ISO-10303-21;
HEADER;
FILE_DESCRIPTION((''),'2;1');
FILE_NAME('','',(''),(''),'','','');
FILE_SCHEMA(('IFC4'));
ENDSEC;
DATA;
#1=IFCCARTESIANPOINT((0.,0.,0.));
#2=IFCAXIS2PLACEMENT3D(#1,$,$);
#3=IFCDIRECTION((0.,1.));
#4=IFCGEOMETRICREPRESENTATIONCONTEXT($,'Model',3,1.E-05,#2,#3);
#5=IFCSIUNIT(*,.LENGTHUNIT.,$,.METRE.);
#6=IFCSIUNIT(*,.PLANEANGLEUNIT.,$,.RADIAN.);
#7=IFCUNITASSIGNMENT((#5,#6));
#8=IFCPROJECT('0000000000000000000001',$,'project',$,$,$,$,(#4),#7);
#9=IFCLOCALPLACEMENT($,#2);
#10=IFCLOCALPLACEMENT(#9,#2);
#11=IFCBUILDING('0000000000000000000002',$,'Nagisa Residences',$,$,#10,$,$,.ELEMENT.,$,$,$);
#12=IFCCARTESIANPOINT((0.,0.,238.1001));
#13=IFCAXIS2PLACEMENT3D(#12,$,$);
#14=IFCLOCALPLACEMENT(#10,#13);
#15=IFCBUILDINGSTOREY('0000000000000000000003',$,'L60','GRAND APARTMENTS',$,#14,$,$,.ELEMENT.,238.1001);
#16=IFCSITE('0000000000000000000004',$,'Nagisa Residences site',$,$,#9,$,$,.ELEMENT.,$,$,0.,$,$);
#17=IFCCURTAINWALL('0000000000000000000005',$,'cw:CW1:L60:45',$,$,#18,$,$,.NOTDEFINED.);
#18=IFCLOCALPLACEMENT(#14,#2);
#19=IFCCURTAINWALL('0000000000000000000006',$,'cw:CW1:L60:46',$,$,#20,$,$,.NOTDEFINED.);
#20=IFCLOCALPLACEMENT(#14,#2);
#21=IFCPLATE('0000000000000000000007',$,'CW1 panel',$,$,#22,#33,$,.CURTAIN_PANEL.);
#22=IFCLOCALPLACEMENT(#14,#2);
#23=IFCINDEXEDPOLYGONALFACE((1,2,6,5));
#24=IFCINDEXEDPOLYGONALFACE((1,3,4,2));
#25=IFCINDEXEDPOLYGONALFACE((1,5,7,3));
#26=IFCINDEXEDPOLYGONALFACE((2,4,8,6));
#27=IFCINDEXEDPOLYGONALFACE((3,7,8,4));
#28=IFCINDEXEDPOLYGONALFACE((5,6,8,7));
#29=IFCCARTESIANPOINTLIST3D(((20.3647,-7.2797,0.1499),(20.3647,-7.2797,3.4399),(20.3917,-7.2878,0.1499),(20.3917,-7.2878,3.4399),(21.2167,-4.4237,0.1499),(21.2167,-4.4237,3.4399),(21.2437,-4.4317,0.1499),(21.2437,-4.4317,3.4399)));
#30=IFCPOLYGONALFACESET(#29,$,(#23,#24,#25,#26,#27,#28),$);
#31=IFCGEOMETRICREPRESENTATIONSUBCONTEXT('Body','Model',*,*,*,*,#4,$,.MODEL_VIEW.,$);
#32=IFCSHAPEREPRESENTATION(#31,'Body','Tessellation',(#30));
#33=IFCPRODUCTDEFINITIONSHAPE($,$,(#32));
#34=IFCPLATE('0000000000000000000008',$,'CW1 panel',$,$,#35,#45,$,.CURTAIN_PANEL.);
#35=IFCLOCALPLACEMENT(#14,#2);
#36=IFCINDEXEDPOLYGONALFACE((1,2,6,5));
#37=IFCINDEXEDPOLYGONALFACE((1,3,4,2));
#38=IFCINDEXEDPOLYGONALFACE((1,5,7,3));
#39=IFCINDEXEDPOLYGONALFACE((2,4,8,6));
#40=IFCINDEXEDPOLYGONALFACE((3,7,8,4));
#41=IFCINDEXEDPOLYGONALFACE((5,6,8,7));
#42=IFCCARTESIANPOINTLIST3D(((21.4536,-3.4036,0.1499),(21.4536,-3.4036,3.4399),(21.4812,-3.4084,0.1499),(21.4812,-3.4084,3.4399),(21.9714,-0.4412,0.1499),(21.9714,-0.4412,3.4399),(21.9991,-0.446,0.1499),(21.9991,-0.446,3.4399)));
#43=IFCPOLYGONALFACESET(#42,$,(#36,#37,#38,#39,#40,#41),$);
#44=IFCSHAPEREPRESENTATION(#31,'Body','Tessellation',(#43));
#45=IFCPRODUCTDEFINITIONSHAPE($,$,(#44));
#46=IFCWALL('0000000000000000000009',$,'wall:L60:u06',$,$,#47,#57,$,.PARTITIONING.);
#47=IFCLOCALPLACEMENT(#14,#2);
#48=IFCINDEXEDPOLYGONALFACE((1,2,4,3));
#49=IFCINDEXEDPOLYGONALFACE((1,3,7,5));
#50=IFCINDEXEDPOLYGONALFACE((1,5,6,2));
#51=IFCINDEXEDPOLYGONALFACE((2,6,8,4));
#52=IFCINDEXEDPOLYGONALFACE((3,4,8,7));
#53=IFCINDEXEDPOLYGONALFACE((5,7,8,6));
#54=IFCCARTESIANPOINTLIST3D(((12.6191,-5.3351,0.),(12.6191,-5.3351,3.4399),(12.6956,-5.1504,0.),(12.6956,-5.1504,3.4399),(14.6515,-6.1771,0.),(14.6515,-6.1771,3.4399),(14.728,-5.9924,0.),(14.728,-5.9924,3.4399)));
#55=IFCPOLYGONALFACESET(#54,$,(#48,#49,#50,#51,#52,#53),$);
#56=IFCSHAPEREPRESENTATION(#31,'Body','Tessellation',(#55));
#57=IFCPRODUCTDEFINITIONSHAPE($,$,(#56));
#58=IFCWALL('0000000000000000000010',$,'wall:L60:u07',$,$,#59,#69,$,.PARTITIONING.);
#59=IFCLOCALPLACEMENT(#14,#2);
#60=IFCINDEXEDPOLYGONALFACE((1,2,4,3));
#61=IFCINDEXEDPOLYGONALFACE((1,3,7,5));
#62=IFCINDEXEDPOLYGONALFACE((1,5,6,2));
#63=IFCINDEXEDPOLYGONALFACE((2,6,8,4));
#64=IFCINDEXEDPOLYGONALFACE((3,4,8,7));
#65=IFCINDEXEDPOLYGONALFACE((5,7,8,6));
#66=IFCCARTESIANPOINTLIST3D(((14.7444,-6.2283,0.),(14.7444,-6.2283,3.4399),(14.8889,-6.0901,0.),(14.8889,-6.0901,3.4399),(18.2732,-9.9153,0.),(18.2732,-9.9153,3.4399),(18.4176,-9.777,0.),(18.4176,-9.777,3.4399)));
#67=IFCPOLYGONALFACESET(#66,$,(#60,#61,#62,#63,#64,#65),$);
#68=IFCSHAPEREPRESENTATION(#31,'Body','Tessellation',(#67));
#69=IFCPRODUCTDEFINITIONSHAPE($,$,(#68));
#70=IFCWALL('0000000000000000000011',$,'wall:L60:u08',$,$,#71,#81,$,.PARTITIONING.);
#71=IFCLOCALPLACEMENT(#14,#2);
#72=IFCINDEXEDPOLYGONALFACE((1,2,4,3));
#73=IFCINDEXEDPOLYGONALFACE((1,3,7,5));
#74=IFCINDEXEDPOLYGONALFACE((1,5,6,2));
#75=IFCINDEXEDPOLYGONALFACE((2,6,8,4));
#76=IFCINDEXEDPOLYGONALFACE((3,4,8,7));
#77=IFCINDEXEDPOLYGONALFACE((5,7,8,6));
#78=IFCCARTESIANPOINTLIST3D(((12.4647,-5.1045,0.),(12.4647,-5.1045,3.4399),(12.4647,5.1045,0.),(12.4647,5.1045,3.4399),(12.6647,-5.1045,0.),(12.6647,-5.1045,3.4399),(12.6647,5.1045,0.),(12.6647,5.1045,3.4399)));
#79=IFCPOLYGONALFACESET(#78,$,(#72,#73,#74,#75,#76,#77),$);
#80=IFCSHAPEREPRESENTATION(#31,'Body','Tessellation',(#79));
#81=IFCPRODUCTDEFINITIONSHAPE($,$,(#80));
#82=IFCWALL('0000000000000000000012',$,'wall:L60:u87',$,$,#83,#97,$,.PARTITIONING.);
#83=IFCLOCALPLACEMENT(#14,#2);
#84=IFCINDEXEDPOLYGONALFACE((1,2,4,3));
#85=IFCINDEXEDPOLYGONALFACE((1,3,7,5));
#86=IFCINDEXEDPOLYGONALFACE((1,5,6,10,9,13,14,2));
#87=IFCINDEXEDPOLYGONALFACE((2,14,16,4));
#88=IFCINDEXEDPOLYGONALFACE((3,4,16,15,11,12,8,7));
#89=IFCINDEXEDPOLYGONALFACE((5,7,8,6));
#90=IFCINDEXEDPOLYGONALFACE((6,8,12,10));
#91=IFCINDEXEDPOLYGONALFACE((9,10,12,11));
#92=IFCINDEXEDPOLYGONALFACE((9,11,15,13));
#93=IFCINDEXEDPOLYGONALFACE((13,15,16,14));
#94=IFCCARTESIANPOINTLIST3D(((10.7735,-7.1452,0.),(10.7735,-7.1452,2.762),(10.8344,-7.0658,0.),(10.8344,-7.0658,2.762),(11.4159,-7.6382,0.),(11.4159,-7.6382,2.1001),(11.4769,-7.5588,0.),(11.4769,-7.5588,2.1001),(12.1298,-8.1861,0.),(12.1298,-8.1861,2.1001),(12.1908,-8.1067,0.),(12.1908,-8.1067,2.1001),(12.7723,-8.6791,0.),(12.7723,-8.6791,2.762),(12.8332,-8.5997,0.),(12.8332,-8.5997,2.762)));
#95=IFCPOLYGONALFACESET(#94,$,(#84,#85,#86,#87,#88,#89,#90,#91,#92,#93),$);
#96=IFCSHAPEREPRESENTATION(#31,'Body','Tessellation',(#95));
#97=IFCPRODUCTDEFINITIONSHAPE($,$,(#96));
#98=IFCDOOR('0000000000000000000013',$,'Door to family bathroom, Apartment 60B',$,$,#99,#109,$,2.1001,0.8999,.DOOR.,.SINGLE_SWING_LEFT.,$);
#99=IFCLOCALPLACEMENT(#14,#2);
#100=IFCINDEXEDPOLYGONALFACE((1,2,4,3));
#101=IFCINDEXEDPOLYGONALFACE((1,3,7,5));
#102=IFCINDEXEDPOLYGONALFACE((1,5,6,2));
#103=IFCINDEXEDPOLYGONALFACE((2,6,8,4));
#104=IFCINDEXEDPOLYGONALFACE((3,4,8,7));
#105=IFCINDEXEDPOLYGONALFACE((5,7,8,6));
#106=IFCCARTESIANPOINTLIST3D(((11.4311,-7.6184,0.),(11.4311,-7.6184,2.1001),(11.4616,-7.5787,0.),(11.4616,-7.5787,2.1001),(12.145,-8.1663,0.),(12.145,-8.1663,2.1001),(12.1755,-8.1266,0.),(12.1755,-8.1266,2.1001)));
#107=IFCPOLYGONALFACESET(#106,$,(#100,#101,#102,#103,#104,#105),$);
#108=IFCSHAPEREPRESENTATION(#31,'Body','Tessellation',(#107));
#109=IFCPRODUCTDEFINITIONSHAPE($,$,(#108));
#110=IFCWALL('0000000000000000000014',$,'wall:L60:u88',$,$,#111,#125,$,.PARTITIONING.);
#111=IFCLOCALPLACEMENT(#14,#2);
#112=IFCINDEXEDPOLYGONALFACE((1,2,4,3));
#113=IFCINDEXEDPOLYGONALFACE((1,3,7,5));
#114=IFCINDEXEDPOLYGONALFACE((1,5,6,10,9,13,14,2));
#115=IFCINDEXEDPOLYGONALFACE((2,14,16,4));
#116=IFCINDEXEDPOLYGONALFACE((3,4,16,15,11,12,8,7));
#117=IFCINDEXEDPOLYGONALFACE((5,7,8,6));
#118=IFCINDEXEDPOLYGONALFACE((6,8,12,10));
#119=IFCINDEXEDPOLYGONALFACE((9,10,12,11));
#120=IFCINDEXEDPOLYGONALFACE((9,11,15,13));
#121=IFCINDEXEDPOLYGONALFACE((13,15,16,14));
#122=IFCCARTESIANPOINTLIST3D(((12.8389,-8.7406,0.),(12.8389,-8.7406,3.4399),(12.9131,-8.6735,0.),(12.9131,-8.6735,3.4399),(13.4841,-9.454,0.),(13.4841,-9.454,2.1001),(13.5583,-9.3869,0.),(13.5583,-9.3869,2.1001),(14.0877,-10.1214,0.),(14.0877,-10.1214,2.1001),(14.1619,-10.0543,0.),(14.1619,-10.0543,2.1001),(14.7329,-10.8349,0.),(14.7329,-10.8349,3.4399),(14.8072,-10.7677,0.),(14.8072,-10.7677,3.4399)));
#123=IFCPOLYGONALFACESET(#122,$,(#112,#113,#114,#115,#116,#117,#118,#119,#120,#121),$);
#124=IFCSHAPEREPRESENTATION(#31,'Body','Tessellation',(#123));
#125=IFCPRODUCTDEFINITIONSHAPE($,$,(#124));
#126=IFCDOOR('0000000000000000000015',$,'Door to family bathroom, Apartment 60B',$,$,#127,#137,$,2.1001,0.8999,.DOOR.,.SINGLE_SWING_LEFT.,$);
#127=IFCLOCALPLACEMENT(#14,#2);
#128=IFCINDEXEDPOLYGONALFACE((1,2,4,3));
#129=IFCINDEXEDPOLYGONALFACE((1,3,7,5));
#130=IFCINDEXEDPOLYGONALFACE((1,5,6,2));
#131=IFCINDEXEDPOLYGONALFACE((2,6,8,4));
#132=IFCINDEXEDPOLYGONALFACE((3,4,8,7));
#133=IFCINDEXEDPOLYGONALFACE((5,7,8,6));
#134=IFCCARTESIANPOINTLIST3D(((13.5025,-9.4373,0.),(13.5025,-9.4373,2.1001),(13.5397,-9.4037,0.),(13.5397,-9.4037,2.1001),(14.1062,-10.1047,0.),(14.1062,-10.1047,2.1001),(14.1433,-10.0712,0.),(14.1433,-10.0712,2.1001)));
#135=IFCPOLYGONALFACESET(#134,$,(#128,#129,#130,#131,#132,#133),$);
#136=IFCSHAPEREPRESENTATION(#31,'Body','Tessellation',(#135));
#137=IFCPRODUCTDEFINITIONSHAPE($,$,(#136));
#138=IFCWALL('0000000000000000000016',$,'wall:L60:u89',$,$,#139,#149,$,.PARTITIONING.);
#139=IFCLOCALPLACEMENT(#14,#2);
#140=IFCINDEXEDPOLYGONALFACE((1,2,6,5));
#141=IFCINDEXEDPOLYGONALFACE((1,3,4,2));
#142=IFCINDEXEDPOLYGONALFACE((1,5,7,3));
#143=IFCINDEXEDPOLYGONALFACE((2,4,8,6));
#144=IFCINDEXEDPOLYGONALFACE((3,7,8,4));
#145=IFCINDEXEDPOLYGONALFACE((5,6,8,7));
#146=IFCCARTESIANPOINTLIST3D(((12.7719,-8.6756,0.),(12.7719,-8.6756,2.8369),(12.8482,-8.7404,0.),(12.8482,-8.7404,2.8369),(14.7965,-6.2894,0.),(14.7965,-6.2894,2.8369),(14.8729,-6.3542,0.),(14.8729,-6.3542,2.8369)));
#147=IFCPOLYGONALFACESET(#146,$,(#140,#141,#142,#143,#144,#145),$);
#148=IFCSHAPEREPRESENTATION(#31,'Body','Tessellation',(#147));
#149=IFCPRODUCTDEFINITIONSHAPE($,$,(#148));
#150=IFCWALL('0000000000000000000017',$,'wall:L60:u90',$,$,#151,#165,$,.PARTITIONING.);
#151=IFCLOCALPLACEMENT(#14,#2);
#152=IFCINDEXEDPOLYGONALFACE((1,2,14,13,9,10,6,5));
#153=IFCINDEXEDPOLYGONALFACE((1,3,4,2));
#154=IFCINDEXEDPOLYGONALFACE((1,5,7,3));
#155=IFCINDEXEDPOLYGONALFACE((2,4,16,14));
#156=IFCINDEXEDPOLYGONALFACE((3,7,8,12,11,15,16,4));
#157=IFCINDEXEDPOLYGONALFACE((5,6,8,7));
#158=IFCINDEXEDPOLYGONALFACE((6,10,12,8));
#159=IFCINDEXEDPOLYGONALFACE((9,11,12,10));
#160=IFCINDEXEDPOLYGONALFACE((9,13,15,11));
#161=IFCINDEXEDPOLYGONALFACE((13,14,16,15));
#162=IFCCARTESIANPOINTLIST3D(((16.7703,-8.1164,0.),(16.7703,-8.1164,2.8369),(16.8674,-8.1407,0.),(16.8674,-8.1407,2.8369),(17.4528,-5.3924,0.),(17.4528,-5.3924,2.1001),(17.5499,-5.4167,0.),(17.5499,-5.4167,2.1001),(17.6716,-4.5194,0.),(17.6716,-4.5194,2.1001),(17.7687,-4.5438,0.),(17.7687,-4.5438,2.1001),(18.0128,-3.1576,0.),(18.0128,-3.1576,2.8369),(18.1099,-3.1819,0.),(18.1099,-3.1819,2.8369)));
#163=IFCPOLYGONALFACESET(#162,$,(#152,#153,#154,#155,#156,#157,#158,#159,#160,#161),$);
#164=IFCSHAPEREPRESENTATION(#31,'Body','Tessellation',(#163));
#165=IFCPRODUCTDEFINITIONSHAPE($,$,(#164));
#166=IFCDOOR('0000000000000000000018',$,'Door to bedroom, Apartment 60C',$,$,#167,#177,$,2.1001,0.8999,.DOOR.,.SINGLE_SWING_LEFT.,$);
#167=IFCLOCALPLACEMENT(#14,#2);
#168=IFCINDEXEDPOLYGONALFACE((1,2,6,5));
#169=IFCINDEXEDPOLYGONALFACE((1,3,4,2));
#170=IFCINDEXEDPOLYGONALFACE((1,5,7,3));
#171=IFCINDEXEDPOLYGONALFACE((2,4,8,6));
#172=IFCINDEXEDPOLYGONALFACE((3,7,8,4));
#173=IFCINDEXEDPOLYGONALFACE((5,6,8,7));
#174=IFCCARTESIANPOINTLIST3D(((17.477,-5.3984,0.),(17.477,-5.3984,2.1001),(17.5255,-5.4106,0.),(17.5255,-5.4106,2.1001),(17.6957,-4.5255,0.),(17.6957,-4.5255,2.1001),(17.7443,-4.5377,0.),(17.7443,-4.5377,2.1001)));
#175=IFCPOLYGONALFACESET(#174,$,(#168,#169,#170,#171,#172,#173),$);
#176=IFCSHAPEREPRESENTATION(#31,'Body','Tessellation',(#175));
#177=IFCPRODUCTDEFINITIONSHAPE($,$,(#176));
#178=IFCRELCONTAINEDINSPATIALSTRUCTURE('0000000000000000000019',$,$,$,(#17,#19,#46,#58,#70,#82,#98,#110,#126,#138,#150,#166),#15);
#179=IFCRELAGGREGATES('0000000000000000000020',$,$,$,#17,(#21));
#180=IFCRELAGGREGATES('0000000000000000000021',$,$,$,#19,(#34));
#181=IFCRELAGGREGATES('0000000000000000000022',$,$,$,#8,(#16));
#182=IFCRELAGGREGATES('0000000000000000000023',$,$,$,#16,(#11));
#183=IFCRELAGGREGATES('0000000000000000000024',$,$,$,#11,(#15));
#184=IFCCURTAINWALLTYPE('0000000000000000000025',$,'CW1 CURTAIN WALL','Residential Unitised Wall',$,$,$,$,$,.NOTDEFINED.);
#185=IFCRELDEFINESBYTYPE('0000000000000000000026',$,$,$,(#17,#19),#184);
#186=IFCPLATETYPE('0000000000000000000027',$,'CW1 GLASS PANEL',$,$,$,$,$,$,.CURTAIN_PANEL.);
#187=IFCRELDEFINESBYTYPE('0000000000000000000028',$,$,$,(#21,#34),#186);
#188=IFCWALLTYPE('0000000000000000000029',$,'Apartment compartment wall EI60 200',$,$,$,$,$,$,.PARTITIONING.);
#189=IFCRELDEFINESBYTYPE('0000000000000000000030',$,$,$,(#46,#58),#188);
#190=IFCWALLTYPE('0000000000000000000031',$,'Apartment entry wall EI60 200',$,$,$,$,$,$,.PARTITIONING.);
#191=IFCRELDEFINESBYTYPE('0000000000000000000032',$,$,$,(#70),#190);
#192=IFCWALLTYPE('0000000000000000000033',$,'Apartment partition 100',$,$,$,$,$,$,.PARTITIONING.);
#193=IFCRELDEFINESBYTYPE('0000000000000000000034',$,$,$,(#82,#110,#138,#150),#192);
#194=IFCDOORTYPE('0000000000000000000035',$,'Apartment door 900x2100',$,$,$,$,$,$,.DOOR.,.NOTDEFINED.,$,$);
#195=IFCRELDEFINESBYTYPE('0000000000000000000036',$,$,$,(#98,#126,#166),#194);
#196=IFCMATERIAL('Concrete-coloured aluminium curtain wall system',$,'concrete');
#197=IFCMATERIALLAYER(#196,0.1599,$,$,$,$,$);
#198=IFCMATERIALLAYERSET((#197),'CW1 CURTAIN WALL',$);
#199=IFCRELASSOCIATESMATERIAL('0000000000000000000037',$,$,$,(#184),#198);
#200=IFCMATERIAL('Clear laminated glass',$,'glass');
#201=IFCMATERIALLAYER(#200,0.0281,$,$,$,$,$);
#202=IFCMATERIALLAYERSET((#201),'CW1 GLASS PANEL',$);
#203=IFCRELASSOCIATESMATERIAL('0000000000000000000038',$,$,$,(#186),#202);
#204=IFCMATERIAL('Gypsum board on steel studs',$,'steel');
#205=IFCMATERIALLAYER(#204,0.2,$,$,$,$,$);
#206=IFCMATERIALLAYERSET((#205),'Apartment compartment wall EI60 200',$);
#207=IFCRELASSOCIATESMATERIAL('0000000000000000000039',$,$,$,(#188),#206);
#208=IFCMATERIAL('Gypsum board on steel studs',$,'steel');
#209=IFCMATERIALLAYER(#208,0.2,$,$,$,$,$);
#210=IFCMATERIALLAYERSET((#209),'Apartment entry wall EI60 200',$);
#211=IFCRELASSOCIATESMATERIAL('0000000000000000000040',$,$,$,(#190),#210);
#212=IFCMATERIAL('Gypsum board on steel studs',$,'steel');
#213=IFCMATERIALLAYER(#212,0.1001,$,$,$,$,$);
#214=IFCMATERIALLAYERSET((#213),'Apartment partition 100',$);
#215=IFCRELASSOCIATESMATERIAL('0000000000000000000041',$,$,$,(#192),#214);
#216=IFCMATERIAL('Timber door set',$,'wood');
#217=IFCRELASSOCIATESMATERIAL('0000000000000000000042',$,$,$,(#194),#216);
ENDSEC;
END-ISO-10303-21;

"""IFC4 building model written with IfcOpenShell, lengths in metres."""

from ifc_helpers import new_model, si_unit, direction, frame, frame_2d, origin, origin_2d, place, context, subcontext, project, spatial, rectangle, extrude, material, layer, layer_set, type_object, element, fill, aggregate, save


model = new_model("IFC4")

# Units and contexts
model_context = context("Model", 3, precision=1e-05, world=origin(), true_north=direction((0.0, 1.0)))
body_context = subcontext(model_context, "Body", "Model", "MODEL_VIEW")
ifc_project = project(units=[si_unit("LENGTHUNIT", "METRE"), si_unit("PLANEANGLEUNIT", "RADIAN")], contexts=[model_context])

# Site, building, storey
site_placement = place(None, origin())
site = spatial("IfcSite", under=ifc_project, at=site_placement, Name="Nagisa Residences site", CompositionType="ELEMENT", RefElevation=0.0)
building_placement = place(site_placement, origin())
building = spatial("IfcBuilding", under=site, at=building_placement, Name="Nagisa Residences", CompositionType="ELEMENT")
storey_placement = place(building_placement, frame((0.0, 0.0, 238.1001)))
storey = spatial("IfcBuildingStorey", under=building, at=storey_placement, Name="L60", Description="GRAND APARTMENTS", CompositionType="ELEMENT", Elevation=238.1001)

# Curtain walls
ifc_material_1 = material(Name="Concrete-coloured aluminium curtain wall system", Category="concrete")
ifc_layer_1 = layer(ifc_material_1, 0.1599)
ifc_layer_set_1 = layer_set([ifc_layer_1], Name="CW1 CURTAIN WALL")
curtain_wall_type = type_object("IfcCurtainWallType", Name="CW1 CURTAIN WALL", Description="Residential Unitised Wall", PredefinedType="NOTDEFINED", material=ifc_layer_set_1)
curtain_wall_1_placement = place(storey_placement, origin())
curtain_wall_1 = element("IfcCurtainWall", 1, at=curtain_wall_1_placement, inside=storey, type_object=curtain_wall_type, Name="cw:CW1:L60:45", PredefinedType="NOTDEFINED")
curtain_wall_2_placement = place(storey_placement, origin())
curtain_wall_2 = element("IfcCurtainWall", 2, at=curtain_wall_2_placement, inside=storey, type_object=curtain_wall_type, Name="cw:CW1:L60:46", PredefinedType="NOTDEFINED")

# Shared definitions
ifc_material_2 = material(Name="Clear laminated glass", Category="glass")
ifc_layer_2 = layer(ifc_material_2, 0.0281)
ifc_layer_set_2 = layer_set([ifc_layer_2], Name="CW1 GLASS PANEL")
plate_type = type_object("IfcPlateType", Name="CW1 GLASS PANEL", PredefinedType="CURTAIN_PANEL", material=ifc_layer_set_2)

# Plates
plate_1_placement = place(storey_placement, frame((20.8042, -5.8557, 0.1499), z_axis=(0.0, 0.0, 1.0), x_axis=(0.28586, 0.958271, 0.0)))
plate_1 = element("IfcPlate", 3, at=plate_1_placement, type_object=plate_type, Name="CW1 panel", PredefinedType="CURTAIN_PANEL", context=body_context, shape_type="SweptSolid", body=[
    extrude(rectangle(XDim=2.9805, YDim=0.0281, at=origin_2d()), origin(), (0.0, 0.0, 1.0), 3.29),
])
aggregate(curtain_wall_1, [plate_1])
plate_2_placement = place(storey_placement, frame((21.7263, -1.9248, 0.1499), z_axis=(0.0, 0.0, 1.0), x_axis=(0.172191, 0.985064, 0.0)))
plate_2 = element("IfcPlate", 4, at=plate_2_placement, type_object=plate_type, Name="CW1 panel", PredefinedType="CURTAIN_PANEL", context=body_context, shape_type="SweptSolid", body=[
    extrude(rectangle(XDim=3.0073, YDim=0.0281, at=origin_2d()), origin(), (0.0, 0.0, 1.0), 3.29),
])
aggregate(curtain_wall_2, [plate_2])

# Walls
ifc_material_3 = material(Name="Gypsum board on steel studs", Category="steel")
ifc_layer_3 = layer(ifc_material_3, 0.2)
ifc_layer_set_3 = layer_set([ifc_layer_3], Name="Apartment compartment wall EI60 200")
wall_type_1 = type_object("IfcWallType", Name="Apartment compartment wall EI60 200", PredefinedType="PARTITIONING", material=ifc_layer_set_3)
wall_1_placement = place(storey_placement, frame((12.6572, -5.2427, 0.0), z_axis=(0.0, 0.0, 1.0), x_axis=(0.923853, -0.382747, 0.0)))
element("IfcWall", 5, at=wall_1_placement, inside=storey, type_object=wall_type_1, Name="wall:L60:u06", PredefinedType="PARTITIONING", context=body_context, shape_type="SweptSolid", body=[
    extrude(rectangle(XDim=2.2, YDim=0.2, at=frame_2d((1.1001, 0.0))), origin(), (0.0, 0.0, 1.0), 3.4399),
])
wall_2_placement = place(storey_placement, frame((14.8167, -6.1592, 0.0), z_axis=(0.0, 0.0, 1.0), x_axis=(0.691438, -0.722436, 0.0)))
element("IfcWall", 6, at=wall_2_placement, inside=storey, type_object=wall_type_1, Name="wall:L60:u07", PredefinedType="PARTITIONING", context=body_context, shape_type="SweptSolid", body=[
    extrude(rectangle(XDim=5.1035, YDim=0.2, at=frame_2d((2.5518, 0.0))), origin(), (0.0, 0.0, 1.0), 3.4399),
])
ifc_material_4 = material(Name="Gypsum board on steel studs", Category="steel")
ifc_layer_4 = layer(ifc_material_4, 0.2)
ifc_layer_set_4 = layer_set([ifc_layer_4], Name="Apartment entry wall EI60 200")
wall_type_2 = type_object("IfcWallType", Name="Apartment entry wall EI60 200", PredefinedType="PARTITIONING", material=ifc_layer_set_4)
wall_3_placement = place(storey_placement, frame((12.5647, -5.1045, 0.0), z_axis=(0.0, 0.0, 1.0), x_axis=(0.0, 1.0, 0.0)))
element("IfcWall", 7, at=wall_3_placement, inside=storey, type_object=wall_type_2, Name="wall:L60:u08", PredefinedType="PARTITIONING", context=body_context, shape_type="SweptSolid", body=[
    extrude(rectangle(XDim=10.209, YDim=0.2, at=frame_2d((5.1045, 0.0))), origin(), (0.0, 0.0, 1.0), 3.4399),
])

# Walls, openings, doors
ifc_material_5 = material(Name="Gypsum board on steel studs", Category="steel")
ifc_layer_5 = layer(ifc_material_5, 0.1001)
ifc_layer_set_5 = layer_set([ifc_layer_5], Name="Apartment partition 100")
wall_type_3 = type_object("IfcWallType", Name="Apartment partition 100", PredefinedType="PARTITIONING", material=ifc_layer_set_5)
wall_4_placement = place(storey_placement, frame((10.804, -7.1055, 0.0), z_axis=(0.0, 0.0, 1.0), x_axis=(0.793312, -0.608816, 0.0)))
wall_4 = element("IfcWall", 8, at=wall_4_placement, inside=storey, type_object=wall_type_3, Name="wall:L60:u87", PredefinedType="PARTITIONING", context=body_context, shape_type="SweptSolid", body=[
    extrude(rectangle(XDim=2.5195, YDim=0.1001, at=frame_2d((1.2598, 0.0))), origin(), (0.0, 0.0, 1.0), 2.762),
])
opening_1_placement = place(wall_4_placement, frame((0.8098, 0.0, 0.0)))
opening_1 = element("IfcOpeningElement", 9, at=opening_1_placement, cuts=wall_4, PredefinedType="OPENING", context=body_context, shape_type="SweptSolid", body=[
    extrude(rectangle(XDim=0.8999, YDim=2.1001, at=frame_2d((0.45, 1.05))), frame((0.0, 0.0601, 0.0), z_axis=(0.0, -1.0, 0.0), x_axis=(1.0, 0.0, 0.0)), (0.0, 0.0, 1.0), 0.1201),
])
ifc_material_6 = material(Name="Timber door set", Category="wood")
door_type = type_object("IfcDoorType", Name="Apartment door 900x2100", OperationType="NOTDEFINED", PredefinedType="DOOR", material=ifc_material_6)
door_1_placement = place(opening_1_placement, origin())
door_1 = element("IfcDoor", 10, at=door_1_placement, inside=storey, type_object=door_type, Name="Door to family bathroom, Apartment 60B", OperationType="SINGLE_SWING_LEFT", OverallHeight=2.1001, OverallWidth=0.8999, PredefinedType="DOOR", context=body_context, shape_type="SweptSolid", body=[
    extrude(rectangle(XDim=0.8999, YDim=2.1001, at=frame_2d((0.45, 1.05))), frame((0.0, 0.0249, 0.0), z_axis=(0.0, -1.0, 0.0), x_axis=(1.0, 0.0, 0.0)), (0.0, 0.0, 1.0), 0.05),
])
fill(opening_1, door_1)
wall_5_placement = place(storey_placement, frame((12.876, -8.707, 0.0), z_axis=(0.0, 0.0, 1.0), x_axis=(0.670768, -0.741667, 0.0)))
wall_5 = element("IfcWall", 11, at=wall_5_placement, inside=storey, type_object=wall_type_3, Name="wall:L60:u88", PredefinedType="PARTITIONING", context=body_context, shape_type="SweptSolid", body=[
    extrude(rectangle(XDim=2.8237, YDim=0.1001, at=frame_2d((1.4119, 0.0))), origin(), (0.0, 0.0, 1.0), 3.4399),
])
opening_2_placement = place(wall_5_placement, frame((0.9619, 0.0, 0.0)))
opening_2 = element("IfcOpeningElement", 12, at=opening_2_placement, cuts=wall_5, PredefinedType="OPENING", context=body_context, shape_type="SweptSolid", body=[
    extrude(rectangle(XDim=0.8999, YDim=2.1001, at=frame_2d((0.45, 1.05))), frame((0.0, 0.0601, 0.0), z_axis=(0.0, -1.0, 0.0), x_axis=(1.0, 0.0, 0.0)), (0.0, 0.0, 1.0), 0.1201),
])
door_2_placement = place(opening_2_placement, origin())
door_2 = element("IfcDoor", 13, at=door_2_placement, inside=storey, type_object=door_type, Name="Door to family bathroom, Apartment 60B", OperationType="SINGLE_SWING_LEFT", OverallHeight=2.1001, OverallWidth=0.8999, PredefinedType="DOOR", context=body_context, shape_type="SweptSolid", body=[
    extrude(rectangle(XDim=0.8999, YDim=2.1001, at=frame_2d((0.45, 1.05))), frame((0.0, 0.0249, 0.0), z_axis=(0.0, -1.0, 0.0), x_axis=(1.0, 0.0, 0.0)), (0.0, 0.0, 1.0), 0.05),
])
fill(opening_2, door_2)

# Wall
wall_6_placement = place(storey_placement, frame((12.8101, -8.708, 0.0), z_axis=(0.0, 0.0, 1.0), x_axis=(0.646973, 0.762513, 0.0)))
element("IfcWall", 14, at=wall_6_placement, inside=storey, type_object=wall_type_3, Name="wall:L60:u89", PredefinedType="PARTITIONING", context=body_context, shape_type="SweptSolid", body=[
    extrude(rectangle(XDim=3.1294, YDim=0.1001, at=frame_2d((1.5647, 0.0))), origin(), (0.0, 0.0, 1.0), 2.8369),
])

# Wall, opening, door
wall_7_placement = place(storey_placement, frame((16.8188, -8.1287, 0.0), z_axis=(0.0, 0.0, 1.0), x_axis=(0.243041, 0.970016, 0.0)))
wall_7 = element("IfcWall", 15, at=wall_7_placement, inside=storey, type_object=wall_type_3, Name="wall:L60:u90", PredefinedType="PARTITIONING", context=body_context, shape_type="SweptSolid", body=[
    extrude(rectangle(XDim=5.1121, YDim=0.1001, at=frame_2d((2.5562, 0.0))), origin(), (0.0, 0.0, 1.0), 2.8369),
])
opening_3_placement = place(wall_7_placement, frame((2.8083, 0.0, 0.0)))
opening_3 = element("IfcOpeningElement", 16, at=opening_3_placement, cuts=wall_7, PredefinedType="OPENING", context=body_context, shape_type="SweptSolid", body=[
    extrude(rectangle(XDim=0.8999, YDim=2.1001, at=frame_2d((0.45, 1.05))), frame((0.0, 0.0601, 0.0), z_axis=(0.0, -1.0, 0.0), x_axis=(1.0, 0.0, 0.0)), (0.0, 0.0, 1.0), 0.1201),
])
door_3_placement = place(opening_3_placement, frame((0.8999, 0.0, 0.0), x_axis=(-1.0, 0.0, 0.0)))
door_3 = element("IfcDoor", 17, at=door_3_placement, inside=storey, type_object=door_type, Name="Door to bedroom, Apartment 60C", OperationType="SINGLE_SWING_LEFT", OverallHeight=2.1001, OverallWidth=0.8999, PredefinedType="DOOR", context=body_context, shape_type="SweptSolid", body=[
    extrude(rectangle(XDim=0.8999, YDim=2.1001, at=frame_2d((0.45, 1.05))), frame((0.0, 0.0249, 0.0), z_axis=(0.0, -1.0, 0.0), x_axis=(1.0, 0.0, 0.0)), (0.0, 0.0, 1.0), 0.05),
])
fill(opening_3, door_3)

save(model, "model.ifc")
